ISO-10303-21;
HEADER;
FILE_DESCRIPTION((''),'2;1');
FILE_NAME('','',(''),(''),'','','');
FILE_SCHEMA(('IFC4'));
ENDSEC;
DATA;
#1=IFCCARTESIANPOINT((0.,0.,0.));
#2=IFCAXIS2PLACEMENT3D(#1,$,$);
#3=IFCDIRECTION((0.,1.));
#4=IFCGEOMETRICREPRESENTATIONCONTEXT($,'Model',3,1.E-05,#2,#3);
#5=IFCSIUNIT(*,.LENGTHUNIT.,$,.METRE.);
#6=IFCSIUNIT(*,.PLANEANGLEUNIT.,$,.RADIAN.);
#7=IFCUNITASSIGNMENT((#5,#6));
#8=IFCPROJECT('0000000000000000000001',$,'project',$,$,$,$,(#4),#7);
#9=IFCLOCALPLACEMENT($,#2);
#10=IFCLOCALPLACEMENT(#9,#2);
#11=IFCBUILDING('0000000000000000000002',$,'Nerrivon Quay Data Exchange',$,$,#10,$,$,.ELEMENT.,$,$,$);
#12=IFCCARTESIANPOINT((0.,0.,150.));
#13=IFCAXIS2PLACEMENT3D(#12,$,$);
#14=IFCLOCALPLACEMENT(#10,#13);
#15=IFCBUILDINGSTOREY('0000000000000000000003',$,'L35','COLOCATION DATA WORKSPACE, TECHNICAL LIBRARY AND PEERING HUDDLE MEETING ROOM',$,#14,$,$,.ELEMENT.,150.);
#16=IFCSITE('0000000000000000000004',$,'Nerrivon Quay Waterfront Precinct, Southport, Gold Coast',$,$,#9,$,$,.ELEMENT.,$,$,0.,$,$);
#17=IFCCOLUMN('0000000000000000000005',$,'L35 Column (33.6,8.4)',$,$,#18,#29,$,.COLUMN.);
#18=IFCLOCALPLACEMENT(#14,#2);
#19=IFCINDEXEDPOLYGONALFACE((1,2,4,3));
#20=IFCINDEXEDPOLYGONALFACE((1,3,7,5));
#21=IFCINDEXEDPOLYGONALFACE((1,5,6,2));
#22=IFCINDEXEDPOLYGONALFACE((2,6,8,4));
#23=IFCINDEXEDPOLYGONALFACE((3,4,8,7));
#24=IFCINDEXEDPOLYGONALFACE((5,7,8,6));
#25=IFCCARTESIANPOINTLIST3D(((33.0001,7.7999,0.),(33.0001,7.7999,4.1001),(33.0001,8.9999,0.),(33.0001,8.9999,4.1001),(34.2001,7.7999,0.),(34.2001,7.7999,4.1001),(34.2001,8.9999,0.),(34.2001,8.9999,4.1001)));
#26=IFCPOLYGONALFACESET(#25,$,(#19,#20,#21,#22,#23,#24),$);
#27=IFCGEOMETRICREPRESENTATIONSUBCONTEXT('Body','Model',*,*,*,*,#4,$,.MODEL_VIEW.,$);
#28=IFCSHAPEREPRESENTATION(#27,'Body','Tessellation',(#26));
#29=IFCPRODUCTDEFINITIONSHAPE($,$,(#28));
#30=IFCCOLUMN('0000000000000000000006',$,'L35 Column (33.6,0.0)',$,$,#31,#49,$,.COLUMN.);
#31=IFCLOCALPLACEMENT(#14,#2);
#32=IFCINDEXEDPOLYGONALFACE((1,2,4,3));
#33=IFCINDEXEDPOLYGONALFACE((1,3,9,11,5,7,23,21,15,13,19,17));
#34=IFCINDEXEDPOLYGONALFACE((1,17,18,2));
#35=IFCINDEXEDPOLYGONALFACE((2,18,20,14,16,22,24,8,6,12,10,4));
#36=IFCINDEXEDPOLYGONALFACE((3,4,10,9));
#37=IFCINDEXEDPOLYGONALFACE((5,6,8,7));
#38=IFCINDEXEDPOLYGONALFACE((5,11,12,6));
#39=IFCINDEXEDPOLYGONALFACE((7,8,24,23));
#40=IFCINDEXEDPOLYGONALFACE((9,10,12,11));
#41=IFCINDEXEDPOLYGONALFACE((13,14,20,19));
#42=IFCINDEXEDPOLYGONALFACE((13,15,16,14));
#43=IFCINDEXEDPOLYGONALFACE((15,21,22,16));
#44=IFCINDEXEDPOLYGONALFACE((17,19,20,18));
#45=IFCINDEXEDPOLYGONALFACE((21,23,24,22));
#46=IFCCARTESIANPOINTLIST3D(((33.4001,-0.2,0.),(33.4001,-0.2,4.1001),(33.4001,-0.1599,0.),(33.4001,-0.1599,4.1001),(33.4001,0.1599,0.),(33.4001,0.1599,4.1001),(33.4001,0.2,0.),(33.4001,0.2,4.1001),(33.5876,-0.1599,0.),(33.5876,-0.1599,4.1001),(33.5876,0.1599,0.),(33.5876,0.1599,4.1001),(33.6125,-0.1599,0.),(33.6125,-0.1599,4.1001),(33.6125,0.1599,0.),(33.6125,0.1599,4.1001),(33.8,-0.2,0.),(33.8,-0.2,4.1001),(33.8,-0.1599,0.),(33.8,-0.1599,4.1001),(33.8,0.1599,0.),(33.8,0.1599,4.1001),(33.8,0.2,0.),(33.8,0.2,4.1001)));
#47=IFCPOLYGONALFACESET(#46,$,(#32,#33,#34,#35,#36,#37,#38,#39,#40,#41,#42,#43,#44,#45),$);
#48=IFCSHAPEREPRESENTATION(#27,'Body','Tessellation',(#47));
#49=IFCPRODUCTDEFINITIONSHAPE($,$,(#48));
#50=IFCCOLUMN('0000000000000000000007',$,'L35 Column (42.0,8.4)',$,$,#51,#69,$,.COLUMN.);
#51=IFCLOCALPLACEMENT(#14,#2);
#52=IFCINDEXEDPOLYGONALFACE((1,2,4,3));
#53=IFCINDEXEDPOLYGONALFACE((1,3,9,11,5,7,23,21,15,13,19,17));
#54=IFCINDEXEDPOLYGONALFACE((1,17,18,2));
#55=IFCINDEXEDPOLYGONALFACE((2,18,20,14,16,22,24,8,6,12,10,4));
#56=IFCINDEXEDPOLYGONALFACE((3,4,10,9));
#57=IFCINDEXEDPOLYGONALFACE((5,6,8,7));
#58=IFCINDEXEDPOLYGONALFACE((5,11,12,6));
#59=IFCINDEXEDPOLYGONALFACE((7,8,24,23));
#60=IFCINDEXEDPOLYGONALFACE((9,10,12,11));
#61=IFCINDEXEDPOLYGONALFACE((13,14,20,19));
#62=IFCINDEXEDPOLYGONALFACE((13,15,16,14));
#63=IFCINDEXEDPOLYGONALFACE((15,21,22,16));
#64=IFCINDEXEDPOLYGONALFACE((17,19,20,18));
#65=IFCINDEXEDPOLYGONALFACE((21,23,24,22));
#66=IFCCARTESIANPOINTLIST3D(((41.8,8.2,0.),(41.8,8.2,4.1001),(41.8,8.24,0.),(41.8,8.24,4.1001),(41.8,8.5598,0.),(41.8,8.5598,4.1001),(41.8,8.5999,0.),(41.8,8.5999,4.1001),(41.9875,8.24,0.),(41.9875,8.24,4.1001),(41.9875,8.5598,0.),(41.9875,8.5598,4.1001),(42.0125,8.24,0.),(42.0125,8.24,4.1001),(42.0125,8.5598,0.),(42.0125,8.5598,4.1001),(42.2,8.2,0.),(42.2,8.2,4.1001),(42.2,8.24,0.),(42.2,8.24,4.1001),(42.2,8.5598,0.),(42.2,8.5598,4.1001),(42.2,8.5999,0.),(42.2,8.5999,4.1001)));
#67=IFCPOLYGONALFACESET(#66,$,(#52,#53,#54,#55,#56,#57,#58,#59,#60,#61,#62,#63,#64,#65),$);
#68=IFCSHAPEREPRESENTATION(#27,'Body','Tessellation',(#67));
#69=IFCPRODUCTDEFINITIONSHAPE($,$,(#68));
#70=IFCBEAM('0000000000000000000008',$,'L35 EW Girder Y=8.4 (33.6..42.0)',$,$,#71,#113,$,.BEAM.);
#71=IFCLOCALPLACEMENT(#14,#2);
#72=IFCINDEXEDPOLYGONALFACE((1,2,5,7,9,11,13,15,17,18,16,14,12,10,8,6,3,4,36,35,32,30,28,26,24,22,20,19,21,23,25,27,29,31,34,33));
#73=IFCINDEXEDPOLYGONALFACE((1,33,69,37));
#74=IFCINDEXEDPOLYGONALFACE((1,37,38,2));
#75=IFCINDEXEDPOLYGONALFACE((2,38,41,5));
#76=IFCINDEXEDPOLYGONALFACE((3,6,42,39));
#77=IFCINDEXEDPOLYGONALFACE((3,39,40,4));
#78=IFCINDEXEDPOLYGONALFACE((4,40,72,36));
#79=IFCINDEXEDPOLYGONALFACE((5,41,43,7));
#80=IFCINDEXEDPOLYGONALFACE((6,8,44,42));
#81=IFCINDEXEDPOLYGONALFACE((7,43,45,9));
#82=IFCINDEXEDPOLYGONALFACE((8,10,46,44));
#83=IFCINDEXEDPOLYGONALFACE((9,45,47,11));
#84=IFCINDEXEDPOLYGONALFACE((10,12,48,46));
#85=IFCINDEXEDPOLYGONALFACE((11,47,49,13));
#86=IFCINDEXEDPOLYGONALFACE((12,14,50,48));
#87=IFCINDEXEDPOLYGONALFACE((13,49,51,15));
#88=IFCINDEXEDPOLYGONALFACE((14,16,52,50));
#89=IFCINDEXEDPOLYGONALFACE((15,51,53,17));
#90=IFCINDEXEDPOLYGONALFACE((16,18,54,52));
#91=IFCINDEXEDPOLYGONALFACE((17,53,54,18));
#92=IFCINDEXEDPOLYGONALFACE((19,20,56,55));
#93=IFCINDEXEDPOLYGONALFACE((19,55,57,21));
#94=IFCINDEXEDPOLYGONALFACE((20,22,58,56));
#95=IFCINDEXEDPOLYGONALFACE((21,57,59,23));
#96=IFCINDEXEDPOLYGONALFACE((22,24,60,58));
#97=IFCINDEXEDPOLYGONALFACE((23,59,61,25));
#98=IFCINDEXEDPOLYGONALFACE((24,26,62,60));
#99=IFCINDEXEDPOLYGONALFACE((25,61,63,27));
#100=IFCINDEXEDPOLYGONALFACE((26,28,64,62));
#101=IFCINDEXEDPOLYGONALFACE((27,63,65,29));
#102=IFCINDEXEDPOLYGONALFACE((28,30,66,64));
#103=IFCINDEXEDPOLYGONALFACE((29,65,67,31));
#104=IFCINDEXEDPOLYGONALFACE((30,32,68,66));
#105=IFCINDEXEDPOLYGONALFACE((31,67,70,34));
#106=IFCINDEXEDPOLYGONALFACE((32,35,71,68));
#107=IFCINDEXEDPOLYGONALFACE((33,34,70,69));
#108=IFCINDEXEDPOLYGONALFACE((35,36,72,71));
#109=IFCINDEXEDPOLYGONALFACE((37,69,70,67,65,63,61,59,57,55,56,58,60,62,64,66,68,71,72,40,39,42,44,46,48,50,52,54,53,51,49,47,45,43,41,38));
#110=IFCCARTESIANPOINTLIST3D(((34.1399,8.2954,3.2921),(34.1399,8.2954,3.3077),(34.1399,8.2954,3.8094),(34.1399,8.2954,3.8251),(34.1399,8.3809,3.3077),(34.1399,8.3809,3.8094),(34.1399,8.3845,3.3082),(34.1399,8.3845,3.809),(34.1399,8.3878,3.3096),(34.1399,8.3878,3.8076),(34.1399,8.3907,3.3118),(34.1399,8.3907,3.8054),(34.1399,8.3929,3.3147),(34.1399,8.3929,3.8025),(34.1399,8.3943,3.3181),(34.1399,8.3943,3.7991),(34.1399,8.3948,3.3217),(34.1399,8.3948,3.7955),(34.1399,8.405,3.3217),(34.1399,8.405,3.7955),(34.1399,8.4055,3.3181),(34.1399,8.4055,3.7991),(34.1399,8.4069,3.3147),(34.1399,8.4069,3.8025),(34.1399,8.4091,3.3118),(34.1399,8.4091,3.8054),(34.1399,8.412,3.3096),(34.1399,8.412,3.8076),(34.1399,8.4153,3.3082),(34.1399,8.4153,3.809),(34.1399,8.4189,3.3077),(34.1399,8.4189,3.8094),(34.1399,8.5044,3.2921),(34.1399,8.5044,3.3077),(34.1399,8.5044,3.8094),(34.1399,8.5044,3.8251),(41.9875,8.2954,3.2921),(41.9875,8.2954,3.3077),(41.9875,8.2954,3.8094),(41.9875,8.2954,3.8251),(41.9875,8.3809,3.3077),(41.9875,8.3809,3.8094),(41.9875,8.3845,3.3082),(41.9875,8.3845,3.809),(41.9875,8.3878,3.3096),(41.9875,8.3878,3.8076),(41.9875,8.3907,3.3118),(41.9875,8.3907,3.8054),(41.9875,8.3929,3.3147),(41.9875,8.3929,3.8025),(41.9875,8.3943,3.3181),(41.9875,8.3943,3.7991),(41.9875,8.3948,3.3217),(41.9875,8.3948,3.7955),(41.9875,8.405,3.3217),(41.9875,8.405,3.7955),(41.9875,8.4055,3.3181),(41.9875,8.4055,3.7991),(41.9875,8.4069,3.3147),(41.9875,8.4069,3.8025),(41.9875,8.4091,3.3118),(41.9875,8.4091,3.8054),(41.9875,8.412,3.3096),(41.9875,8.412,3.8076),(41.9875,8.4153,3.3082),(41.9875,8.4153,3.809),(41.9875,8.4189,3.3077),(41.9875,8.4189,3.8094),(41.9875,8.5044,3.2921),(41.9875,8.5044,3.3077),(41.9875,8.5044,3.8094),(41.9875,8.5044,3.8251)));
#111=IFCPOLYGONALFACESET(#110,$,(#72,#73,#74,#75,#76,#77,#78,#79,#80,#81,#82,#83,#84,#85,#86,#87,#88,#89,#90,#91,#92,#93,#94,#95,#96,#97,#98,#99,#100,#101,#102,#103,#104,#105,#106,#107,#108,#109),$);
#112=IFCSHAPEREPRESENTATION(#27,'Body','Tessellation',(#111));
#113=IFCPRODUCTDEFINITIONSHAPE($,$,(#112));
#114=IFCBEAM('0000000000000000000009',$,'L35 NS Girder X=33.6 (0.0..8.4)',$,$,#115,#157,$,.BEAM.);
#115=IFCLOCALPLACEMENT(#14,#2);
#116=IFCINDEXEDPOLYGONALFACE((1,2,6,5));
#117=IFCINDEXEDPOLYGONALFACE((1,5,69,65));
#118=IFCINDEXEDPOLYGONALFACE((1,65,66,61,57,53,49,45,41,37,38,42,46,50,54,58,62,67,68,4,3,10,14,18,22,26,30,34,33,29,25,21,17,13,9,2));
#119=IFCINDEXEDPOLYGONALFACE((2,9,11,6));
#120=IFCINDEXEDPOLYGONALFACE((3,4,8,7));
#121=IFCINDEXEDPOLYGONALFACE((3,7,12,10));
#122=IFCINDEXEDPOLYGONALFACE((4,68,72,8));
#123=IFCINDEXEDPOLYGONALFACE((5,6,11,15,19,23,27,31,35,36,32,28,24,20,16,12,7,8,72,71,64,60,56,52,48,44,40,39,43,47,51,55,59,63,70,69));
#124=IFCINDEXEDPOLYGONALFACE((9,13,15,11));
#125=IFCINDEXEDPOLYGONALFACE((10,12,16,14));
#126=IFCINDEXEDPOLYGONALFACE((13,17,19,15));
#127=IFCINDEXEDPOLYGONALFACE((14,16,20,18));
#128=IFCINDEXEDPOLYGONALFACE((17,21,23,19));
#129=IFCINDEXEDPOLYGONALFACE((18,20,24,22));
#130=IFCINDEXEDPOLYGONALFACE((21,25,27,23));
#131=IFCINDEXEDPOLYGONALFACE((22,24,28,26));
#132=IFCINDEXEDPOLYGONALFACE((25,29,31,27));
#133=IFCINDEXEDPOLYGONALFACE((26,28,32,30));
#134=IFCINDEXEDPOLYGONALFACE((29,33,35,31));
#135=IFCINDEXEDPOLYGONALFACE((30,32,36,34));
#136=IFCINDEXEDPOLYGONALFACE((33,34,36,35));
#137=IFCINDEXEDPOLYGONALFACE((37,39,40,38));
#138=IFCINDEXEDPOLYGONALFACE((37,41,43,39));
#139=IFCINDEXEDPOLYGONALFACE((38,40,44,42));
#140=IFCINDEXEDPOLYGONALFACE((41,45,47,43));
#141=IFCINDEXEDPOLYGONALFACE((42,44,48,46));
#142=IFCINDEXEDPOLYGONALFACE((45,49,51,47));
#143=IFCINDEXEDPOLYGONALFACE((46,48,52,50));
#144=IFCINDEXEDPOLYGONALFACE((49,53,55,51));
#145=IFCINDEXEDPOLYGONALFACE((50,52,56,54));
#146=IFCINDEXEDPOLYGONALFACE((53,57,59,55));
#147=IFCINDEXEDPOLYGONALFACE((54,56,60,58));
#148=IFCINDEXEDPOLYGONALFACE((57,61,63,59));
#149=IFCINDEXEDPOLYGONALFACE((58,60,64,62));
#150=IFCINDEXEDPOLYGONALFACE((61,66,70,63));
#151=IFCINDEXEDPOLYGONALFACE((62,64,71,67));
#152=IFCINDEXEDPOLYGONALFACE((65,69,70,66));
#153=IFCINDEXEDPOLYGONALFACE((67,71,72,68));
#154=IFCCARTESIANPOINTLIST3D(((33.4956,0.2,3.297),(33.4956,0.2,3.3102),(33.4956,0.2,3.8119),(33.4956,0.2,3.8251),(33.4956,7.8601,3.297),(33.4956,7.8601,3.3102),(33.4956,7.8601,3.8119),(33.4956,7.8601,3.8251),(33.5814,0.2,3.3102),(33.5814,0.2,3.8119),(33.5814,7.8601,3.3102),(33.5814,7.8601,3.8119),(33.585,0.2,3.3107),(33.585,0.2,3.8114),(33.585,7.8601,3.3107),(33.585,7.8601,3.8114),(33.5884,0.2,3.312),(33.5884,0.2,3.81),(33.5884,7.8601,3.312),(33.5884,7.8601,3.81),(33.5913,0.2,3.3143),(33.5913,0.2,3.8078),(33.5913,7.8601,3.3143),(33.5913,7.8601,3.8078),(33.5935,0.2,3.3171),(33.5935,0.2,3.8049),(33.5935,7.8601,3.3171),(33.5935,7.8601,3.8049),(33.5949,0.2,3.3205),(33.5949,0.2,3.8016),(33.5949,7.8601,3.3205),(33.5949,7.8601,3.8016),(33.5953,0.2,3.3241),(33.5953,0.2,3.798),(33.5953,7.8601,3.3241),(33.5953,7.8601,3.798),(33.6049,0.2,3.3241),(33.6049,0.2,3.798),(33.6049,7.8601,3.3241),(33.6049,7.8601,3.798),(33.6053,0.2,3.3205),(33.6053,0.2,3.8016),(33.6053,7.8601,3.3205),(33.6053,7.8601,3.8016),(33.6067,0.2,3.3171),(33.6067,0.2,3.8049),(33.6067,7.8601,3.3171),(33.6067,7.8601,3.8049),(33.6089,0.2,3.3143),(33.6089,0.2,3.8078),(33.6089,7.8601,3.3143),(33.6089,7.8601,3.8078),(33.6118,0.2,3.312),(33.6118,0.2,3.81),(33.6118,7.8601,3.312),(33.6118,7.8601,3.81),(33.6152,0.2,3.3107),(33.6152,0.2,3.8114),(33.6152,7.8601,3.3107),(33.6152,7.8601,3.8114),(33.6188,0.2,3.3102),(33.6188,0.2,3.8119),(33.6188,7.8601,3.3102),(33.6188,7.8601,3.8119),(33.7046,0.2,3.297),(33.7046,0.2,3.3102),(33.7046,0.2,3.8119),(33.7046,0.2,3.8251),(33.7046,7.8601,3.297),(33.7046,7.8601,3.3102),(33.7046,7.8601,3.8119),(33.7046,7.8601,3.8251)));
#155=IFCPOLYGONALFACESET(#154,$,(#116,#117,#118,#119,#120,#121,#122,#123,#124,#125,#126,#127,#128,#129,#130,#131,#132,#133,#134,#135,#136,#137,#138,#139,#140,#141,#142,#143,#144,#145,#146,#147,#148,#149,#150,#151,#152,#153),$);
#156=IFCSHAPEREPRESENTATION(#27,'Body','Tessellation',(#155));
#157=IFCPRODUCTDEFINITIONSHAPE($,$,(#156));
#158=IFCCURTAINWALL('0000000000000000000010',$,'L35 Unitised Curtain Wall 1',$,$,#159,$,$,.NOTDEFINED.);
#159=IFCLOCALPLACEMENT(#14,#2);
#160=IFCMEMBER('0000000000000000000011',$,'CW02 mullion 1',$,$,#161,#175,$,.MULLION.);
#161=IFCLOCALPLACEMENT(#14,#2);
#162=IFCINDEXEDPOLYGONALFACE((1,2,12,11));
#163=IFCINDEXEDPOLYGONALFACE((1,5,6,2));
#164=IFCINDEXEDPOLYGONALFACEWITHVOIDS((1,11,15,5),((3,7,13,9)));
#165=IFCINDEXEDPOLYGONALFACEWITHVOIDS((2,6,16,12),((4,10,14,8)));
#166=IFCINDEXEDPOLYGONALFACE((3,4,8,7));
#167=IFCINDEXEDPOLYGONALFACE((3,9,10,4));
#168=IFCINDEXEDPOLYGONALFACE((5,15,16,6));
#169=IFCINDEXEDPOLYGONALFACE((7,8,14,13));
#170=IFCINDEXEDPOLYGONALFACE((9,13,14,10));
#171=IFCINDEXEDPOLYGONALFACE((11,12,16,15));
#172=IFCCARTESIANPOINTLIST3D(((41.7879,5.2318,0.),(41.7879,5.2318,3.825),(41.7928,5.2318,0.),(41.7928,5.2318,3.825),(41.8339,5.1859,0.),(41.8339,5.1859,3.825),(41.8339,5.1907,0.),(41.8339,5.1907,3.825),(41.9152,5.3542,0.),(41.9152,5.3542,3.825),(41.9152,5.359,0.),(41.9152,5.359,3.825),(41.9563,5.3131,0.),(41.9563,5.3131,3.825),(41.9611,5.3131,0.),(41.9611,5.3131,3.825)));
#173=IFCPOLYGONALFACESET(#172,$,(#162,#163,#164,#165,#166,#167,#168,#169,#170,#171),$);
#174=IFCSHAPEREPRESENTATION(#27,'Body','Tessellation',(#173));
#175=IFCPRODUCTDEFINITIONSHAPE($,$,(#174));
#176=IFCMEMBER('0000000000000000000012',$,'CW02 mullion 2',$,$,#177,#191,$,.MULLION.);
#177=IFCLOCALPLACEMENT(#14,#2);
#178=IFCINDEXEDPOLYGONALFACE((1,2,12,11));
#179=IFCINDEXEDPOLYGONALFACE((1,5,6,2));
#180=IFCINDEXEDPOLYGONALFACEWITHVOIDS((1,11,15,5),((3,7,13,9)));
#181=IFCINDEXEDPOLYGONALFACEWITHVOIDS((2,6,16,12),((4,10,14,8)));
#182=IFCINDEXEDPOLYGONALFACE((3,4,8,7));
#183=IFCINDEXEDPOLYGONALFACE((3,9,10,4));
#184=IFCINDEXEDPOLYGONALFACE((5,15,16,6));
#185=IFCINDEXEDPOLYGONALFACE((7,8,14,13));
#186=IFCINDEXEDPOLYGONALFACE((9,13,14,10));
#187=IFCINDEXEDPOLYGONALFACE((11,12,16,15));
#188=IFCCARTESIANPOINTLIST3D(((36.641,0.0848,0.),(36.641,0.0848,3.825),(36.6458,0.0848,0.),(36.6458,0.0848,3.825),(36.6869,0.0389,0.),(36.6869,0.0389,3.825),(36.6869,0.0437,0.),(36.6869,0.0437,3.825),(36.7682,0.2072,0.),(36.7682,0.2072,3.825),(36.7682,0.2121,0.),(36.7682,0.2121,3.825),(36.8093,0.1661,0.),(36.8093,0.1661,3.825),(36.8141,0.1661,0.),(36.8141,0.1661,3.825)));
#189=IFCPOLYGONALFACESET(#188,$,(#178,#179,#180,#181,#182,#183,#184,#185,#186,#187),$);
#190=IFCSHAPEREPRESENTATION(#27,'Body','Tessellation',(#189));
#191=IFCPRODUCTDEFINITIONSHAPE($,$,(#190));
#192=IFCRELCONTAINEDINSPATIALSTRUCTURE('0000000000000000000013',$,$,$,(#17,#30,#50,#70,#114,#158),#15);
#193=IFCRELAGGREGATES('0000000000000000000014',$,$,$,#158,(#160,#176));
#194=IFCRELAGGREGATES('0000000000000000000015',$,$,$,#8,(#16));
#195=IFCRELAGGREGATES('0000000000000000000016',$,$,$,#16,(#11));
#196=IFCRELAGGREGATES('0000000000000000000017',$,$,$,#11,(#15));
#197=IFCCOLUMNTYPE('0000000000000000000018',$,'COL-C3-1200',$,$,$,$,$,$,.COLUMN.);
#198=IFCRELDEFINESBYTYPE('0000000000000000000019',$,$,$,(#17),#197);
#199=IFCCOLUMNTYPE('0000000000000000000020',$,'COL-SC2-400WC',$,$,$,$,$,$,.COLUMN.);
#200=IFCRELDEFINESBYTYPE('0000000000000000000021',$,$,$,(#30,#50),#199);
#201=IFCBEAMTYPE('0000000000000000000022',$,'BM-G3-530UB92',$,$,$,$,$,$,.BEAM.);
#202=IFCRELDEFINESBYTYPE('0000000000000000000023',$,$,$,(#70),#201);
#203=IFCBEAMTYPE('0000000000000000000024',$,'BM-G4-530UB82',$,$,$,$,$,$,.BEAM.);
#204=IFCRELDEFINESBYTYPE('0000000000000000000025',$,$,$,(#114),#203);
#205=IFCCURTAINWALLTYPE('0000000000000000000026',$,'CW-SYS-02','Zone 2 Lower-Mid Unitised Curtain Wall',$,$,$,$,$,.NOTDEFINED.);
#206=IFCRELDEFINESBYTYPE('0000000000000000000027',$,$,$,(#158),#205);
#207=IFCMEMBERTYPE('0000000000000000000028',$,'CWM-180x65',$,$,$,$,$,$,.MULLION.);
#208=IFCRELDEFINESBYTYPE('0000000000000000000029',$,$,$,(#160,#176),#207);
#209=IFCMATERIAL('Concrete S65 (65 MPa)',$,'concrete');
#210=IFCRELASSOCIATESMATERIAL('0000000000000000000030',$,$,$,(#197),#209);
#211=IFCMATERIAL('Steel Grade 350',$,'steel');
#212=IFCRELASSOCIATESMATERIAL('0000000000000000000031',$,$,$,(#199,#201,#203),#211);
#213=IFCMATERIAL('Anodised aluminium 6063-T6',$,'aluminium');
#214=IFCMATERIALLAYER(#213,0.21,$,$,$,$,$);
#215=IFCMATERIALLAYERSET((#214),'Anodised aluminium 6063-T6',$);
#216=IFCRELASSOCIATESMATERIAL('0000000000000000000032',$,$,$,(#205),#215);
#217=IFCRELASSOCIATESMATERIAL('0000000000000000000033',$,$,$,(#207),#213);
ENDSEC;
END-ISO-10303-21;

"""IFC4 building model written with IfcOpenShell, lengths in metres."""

from ifc_helpers import new_model, si_unit, direction, frame, origin, origin_2d, place, context, subcontext, project, spatial, rectangle, hollow_rectangle, i_section, extrude, material, layer, layer_set, material_profile, profile_set, type_object, element, aggregate, save


model = new_model("IFC4")

# Units and contexts
model_context = context("Model", 3, precision=1e-05, world=origin(), true_north=direction((0.0, 1.0)))
body_context = subcontext(model_context, "Body", "Model", "MODEL_VIEW")
ifc_project = project(units=[si_unit("LENGTHUNIT", "METRE"), si_unit("PLANEANGLEUNIT", "RADIAN")], contexts=[model_context])

# Site, building, storey
site_placement = place(None, origin())
site = spatial("IfcSite", under=ifc_project, at=site_placement, Name="Nerrivon Quay Waterfront Precinct, Southport, Gold Coast", CompositionType="ELEMENT", RefElevation=0.0)
building_placement = place(site_placement, origin())
building = spatial("IfcBuilding", under=site, at=building_placement, Name="Nerrivon Quay Data Exchange", CompositionType="ELEMENT")
storey_placement = place(building_placement, frame((0.0, 0.0, 150.0)))
storey = spatial("IfcBuildingStorey", under=building, at=storey_placement, Name="L35", Description="COLOCATION DATA WORKSPACE, TECHNICAL LIBRARY AND PEERING HUDDLE MEETING ROOM", CompositionType="ELEMENT", Elevation=150.0)

# Columns
ifc_material_1 = material(Name="Concrete S65 (65 MPa)", Category="concrete")
ifc_material_profile_1 = material_profile(ifc_material_1, rectangle(XDim=1.2, YDim=1.2, at=origin_2d()), Name="RC-COL-1200x1200")
ifc_profile_set_1 = profile_set([ifc_material_profile_1], Name="Concrete S65 (65 MPa)")
column_type_1 = type_object("IfcColumnType", Name="COL-C3-1200", PredefinedType="COLUMN", material=ifc_profile_set_1)
column_placement = place(storey_placement, frame((33.6001, 8.3999, 0.0), z_axis=(0.0, 0.0, 1.0), x_axis=(1.0, 0.0, 0.0)))
element("IfcColumn", 1, at=column_placement, inside=storey, type_object=column_type_1, Name="L35 Column (33.6,8.4)", PredefinedType="COLUMN", context=body_context, shape_type="SweptSolid", body=[
    extrude(rectangle(XDim=1.2, YDim=1.2, at=origin_2d()), origin(), (0.0, 0.0, 1.0), 4.1001),
])
ifc_material_2 = material(Name="Steel Grade 350", Category="steel")
ifc_material_profile_2 = material_profile(ifc_material_2, i_section(OverallWidth=0.3999, OverallDepth=0.3999, WebThickness=0.0249, FlangeThickness=0.04, at=origin_2d()), Name="400WC328")
ifc_profile_set_2 = profile_set([ifc_material_profile_2], Name="Steel Grade 350")
column_type_2 = type_object("IfcColumnType", Name="COL-SC2-400WC", PredefinedType="COLUMN", material=ifc_profile_set_2)
for number, where, z_axis, x_axis, name in (
    (2, (33.6001, 0.0, 0.0), (0.0, 0.0, 1.0), (1.0, 0.0, 0.0), "L35 Column (33.6,0.0)"),
    (3, (42.0, 8.3999, 0.0), (0.0, 0.0, 1.0), (1.0, 0.0, 0.0), "L35 Column (42.0,8.4)"),
):
    element("IfcColumn", number, at=place(storey_placement, frame(where, z_axis=z_axis, x_axis=x_axis)), inside=storey, type_object=column_type_2, Name=name, PredefinedType="COLUMN", context=body_context, shape_type="SweptSolid", body=[
        extrude(i_section(OverallWidth=0.3999, OverallDepth=0.3999, WebThickness=0.0249, FlangeThickness=0.04, at=origin_2d()), origin(), (0.0, 0.0, 1.0), 4.1001),
    ])

# Beams
ifc_material_profile_3 = material_profile(ifc_material_2, i_section(OverallWidth=0.209, OverallDepth=0.533, WebThickness=0.0103, FlangeThickness=0.0156, FilletRadius=0.0139, at=origin_2d()), Name="530UB92.4")
ifc_profile_set_3 = profile_set([ifc_material_profile_3], Name="Steel Grade 350")
beam_type_1 = type_object("IfcBeamType", Name="BM-G3-530UB92", PredefinedType="BEAM", material=ifc_profile_set_3)
beam_1_placement = place(storey_placement, frame((34.1399, 8.3999, 3.5586), z_axis=(1.0, 0.0, 0.0), x_axis=(0.0, 1.0, 0.0)))
element("IfcBeam", 4, at=beam_1_placement, inside=storey, type_object=beam_type_1, Name="L35 EW Girder Y=8.4 (33.6..42.0)", PredefinedType="BEAM", context=body_context, shape_type="SweptSolid", body=[
    extrude(i_section(OverallWidth=0.209, OverallDepth=0.533, WebThickness=0.0103, FlangeThickness=0.0156, FilletRadius=0.0139, at=origin_2d()), origin(), (0.0, 0.0, 1.0), 7.8477),
])
ifc_material_profile_4 = material_profile(ifc_material_2, i_section(OverallWidth=0.209, OverallDepth=0.5281, WebThickness=0.0095, FlangeThickness=0.0132, FilletRadius=0.0139, at=origin_2d()), Name="530UB82.0")
ifc_profile_set_4 = profile_set([ifc_material_profile_4], Name="Steel Grade 350")
beam_type_2 = type_object("IfcBeamType", Name="BM-G4-530UB82", PredefinedType="BEAM", material=ifc_profile_set_4)
beam_2_placement = place(storey_placement, frame((33.6001, 0.2, 3.561), z_axis=(0.0, 1.0, 0.0), x_axis=(-1.0, 0.0, 0.0)))
element("IfcBeam", 5, at=beam_2_placement, inside=storey, type_object=beam_type_2, Name="L35 NS Girder X=33.6 (0.0..8.4)", PredefinedType="BEAM", context=body_context, shape_type="SweptSolid", body=[
    extrude(i_section(OverallWidth=0.209, OverallDepth=0.5281, WebThickness=0.0095, FlangeThickness=0.0132, FilletRadius=0.0139, at=origin_2d()), origin(), (0.0, 0.0, 1.0), 7.6602),
])

# Curtain wall, members
ifc_material_3 = material(Name="Anodised aluminium 6063-T6", Category="aluminium")
ifc_layer_1 = layer(ifc_material_3, 0.21)
ifc_layer_set_1 = layer_set([ifc_layer_1], Name="Anodised aluminium 6063-T6")
curtain_wall_type = type_object("IfcCurtainWallType", Name="CW-SYS-02", Description="Zone 2 Lower-Mid Unitised Curtain Wall", PredefinedType="NOTDEFINED", material=ifc_layer_set_1)
curtain_wall_1_placement = place(storey_placement, origin())
curtain_wall_1 = element("IfcCurtainWall", 6, at=curtain_wall_1_placement, inside=storey, type_object=curtain_wall_type, Name="L35 Unitised Curtain Wall 1", PredefinedType="NOTDEFINED")
ifc_material_profile_5 = material_profile(ifc_material_3, hollow_rectangle(XDim=0.0649, YDim=0.1799, WallThickness=0.0034, at=origin_2d()), Name="ALU-MULL-180x65")
ifc_profile_set_5 = profile_set([ifc_material_profile_5], Name="Anodised aluminium 6063-T6")
member_type_1 = type_object("IfcMemberType", Name="CWM-180x65", PredefinedType="MULLION", material=ifc_profile_set_5)
member_1_placement = place(storey_placement, frame((41.8745, 5.2725, 0.0), z_axis=(0.0, 0.0, 1.0), x_axis=(0.707107, -0.707107, 0.0)))
member_1 = element("IfcMember", 7, at=member_1_placement, type_object=member_type_1, Name="CW02 mullion 1", PredefinedType="MULLION", context=body_context, shape_type="SweptSolid", body=[
    extrude(hollow_rectangle(XDim=0.0649, YDim=0.1799, WallThickness=0.0034, at=origin_2d()), origin(), (0.0, 0.0, 1.0), 3.825),
])
member_2_placement = place(storey_placement, frame((36.7275, 0.1255, 0.0), z_axis=(0.0, 0.0, 1.0), x_axis=(0.707107, -0.707107, 0.0)))
member_2 = element("IfcMember", 8, at=member_2_placement, type_object=member_type_1, Name="CW02 mullion 2", PredefinedType="MULLION", context=body_context, shape_type="SweptSolid", body=[
    extrude(hollow_rectangle(XDim=0.0649, YDim=0.1799, WallThickness=0.0034, at=origin_2d()), origin(), (0.0, 0.0, 1.0), 3.825),
])

aggregate(curtain_wall_1, [member_1, member_2])

save(model, "model.ifc")
